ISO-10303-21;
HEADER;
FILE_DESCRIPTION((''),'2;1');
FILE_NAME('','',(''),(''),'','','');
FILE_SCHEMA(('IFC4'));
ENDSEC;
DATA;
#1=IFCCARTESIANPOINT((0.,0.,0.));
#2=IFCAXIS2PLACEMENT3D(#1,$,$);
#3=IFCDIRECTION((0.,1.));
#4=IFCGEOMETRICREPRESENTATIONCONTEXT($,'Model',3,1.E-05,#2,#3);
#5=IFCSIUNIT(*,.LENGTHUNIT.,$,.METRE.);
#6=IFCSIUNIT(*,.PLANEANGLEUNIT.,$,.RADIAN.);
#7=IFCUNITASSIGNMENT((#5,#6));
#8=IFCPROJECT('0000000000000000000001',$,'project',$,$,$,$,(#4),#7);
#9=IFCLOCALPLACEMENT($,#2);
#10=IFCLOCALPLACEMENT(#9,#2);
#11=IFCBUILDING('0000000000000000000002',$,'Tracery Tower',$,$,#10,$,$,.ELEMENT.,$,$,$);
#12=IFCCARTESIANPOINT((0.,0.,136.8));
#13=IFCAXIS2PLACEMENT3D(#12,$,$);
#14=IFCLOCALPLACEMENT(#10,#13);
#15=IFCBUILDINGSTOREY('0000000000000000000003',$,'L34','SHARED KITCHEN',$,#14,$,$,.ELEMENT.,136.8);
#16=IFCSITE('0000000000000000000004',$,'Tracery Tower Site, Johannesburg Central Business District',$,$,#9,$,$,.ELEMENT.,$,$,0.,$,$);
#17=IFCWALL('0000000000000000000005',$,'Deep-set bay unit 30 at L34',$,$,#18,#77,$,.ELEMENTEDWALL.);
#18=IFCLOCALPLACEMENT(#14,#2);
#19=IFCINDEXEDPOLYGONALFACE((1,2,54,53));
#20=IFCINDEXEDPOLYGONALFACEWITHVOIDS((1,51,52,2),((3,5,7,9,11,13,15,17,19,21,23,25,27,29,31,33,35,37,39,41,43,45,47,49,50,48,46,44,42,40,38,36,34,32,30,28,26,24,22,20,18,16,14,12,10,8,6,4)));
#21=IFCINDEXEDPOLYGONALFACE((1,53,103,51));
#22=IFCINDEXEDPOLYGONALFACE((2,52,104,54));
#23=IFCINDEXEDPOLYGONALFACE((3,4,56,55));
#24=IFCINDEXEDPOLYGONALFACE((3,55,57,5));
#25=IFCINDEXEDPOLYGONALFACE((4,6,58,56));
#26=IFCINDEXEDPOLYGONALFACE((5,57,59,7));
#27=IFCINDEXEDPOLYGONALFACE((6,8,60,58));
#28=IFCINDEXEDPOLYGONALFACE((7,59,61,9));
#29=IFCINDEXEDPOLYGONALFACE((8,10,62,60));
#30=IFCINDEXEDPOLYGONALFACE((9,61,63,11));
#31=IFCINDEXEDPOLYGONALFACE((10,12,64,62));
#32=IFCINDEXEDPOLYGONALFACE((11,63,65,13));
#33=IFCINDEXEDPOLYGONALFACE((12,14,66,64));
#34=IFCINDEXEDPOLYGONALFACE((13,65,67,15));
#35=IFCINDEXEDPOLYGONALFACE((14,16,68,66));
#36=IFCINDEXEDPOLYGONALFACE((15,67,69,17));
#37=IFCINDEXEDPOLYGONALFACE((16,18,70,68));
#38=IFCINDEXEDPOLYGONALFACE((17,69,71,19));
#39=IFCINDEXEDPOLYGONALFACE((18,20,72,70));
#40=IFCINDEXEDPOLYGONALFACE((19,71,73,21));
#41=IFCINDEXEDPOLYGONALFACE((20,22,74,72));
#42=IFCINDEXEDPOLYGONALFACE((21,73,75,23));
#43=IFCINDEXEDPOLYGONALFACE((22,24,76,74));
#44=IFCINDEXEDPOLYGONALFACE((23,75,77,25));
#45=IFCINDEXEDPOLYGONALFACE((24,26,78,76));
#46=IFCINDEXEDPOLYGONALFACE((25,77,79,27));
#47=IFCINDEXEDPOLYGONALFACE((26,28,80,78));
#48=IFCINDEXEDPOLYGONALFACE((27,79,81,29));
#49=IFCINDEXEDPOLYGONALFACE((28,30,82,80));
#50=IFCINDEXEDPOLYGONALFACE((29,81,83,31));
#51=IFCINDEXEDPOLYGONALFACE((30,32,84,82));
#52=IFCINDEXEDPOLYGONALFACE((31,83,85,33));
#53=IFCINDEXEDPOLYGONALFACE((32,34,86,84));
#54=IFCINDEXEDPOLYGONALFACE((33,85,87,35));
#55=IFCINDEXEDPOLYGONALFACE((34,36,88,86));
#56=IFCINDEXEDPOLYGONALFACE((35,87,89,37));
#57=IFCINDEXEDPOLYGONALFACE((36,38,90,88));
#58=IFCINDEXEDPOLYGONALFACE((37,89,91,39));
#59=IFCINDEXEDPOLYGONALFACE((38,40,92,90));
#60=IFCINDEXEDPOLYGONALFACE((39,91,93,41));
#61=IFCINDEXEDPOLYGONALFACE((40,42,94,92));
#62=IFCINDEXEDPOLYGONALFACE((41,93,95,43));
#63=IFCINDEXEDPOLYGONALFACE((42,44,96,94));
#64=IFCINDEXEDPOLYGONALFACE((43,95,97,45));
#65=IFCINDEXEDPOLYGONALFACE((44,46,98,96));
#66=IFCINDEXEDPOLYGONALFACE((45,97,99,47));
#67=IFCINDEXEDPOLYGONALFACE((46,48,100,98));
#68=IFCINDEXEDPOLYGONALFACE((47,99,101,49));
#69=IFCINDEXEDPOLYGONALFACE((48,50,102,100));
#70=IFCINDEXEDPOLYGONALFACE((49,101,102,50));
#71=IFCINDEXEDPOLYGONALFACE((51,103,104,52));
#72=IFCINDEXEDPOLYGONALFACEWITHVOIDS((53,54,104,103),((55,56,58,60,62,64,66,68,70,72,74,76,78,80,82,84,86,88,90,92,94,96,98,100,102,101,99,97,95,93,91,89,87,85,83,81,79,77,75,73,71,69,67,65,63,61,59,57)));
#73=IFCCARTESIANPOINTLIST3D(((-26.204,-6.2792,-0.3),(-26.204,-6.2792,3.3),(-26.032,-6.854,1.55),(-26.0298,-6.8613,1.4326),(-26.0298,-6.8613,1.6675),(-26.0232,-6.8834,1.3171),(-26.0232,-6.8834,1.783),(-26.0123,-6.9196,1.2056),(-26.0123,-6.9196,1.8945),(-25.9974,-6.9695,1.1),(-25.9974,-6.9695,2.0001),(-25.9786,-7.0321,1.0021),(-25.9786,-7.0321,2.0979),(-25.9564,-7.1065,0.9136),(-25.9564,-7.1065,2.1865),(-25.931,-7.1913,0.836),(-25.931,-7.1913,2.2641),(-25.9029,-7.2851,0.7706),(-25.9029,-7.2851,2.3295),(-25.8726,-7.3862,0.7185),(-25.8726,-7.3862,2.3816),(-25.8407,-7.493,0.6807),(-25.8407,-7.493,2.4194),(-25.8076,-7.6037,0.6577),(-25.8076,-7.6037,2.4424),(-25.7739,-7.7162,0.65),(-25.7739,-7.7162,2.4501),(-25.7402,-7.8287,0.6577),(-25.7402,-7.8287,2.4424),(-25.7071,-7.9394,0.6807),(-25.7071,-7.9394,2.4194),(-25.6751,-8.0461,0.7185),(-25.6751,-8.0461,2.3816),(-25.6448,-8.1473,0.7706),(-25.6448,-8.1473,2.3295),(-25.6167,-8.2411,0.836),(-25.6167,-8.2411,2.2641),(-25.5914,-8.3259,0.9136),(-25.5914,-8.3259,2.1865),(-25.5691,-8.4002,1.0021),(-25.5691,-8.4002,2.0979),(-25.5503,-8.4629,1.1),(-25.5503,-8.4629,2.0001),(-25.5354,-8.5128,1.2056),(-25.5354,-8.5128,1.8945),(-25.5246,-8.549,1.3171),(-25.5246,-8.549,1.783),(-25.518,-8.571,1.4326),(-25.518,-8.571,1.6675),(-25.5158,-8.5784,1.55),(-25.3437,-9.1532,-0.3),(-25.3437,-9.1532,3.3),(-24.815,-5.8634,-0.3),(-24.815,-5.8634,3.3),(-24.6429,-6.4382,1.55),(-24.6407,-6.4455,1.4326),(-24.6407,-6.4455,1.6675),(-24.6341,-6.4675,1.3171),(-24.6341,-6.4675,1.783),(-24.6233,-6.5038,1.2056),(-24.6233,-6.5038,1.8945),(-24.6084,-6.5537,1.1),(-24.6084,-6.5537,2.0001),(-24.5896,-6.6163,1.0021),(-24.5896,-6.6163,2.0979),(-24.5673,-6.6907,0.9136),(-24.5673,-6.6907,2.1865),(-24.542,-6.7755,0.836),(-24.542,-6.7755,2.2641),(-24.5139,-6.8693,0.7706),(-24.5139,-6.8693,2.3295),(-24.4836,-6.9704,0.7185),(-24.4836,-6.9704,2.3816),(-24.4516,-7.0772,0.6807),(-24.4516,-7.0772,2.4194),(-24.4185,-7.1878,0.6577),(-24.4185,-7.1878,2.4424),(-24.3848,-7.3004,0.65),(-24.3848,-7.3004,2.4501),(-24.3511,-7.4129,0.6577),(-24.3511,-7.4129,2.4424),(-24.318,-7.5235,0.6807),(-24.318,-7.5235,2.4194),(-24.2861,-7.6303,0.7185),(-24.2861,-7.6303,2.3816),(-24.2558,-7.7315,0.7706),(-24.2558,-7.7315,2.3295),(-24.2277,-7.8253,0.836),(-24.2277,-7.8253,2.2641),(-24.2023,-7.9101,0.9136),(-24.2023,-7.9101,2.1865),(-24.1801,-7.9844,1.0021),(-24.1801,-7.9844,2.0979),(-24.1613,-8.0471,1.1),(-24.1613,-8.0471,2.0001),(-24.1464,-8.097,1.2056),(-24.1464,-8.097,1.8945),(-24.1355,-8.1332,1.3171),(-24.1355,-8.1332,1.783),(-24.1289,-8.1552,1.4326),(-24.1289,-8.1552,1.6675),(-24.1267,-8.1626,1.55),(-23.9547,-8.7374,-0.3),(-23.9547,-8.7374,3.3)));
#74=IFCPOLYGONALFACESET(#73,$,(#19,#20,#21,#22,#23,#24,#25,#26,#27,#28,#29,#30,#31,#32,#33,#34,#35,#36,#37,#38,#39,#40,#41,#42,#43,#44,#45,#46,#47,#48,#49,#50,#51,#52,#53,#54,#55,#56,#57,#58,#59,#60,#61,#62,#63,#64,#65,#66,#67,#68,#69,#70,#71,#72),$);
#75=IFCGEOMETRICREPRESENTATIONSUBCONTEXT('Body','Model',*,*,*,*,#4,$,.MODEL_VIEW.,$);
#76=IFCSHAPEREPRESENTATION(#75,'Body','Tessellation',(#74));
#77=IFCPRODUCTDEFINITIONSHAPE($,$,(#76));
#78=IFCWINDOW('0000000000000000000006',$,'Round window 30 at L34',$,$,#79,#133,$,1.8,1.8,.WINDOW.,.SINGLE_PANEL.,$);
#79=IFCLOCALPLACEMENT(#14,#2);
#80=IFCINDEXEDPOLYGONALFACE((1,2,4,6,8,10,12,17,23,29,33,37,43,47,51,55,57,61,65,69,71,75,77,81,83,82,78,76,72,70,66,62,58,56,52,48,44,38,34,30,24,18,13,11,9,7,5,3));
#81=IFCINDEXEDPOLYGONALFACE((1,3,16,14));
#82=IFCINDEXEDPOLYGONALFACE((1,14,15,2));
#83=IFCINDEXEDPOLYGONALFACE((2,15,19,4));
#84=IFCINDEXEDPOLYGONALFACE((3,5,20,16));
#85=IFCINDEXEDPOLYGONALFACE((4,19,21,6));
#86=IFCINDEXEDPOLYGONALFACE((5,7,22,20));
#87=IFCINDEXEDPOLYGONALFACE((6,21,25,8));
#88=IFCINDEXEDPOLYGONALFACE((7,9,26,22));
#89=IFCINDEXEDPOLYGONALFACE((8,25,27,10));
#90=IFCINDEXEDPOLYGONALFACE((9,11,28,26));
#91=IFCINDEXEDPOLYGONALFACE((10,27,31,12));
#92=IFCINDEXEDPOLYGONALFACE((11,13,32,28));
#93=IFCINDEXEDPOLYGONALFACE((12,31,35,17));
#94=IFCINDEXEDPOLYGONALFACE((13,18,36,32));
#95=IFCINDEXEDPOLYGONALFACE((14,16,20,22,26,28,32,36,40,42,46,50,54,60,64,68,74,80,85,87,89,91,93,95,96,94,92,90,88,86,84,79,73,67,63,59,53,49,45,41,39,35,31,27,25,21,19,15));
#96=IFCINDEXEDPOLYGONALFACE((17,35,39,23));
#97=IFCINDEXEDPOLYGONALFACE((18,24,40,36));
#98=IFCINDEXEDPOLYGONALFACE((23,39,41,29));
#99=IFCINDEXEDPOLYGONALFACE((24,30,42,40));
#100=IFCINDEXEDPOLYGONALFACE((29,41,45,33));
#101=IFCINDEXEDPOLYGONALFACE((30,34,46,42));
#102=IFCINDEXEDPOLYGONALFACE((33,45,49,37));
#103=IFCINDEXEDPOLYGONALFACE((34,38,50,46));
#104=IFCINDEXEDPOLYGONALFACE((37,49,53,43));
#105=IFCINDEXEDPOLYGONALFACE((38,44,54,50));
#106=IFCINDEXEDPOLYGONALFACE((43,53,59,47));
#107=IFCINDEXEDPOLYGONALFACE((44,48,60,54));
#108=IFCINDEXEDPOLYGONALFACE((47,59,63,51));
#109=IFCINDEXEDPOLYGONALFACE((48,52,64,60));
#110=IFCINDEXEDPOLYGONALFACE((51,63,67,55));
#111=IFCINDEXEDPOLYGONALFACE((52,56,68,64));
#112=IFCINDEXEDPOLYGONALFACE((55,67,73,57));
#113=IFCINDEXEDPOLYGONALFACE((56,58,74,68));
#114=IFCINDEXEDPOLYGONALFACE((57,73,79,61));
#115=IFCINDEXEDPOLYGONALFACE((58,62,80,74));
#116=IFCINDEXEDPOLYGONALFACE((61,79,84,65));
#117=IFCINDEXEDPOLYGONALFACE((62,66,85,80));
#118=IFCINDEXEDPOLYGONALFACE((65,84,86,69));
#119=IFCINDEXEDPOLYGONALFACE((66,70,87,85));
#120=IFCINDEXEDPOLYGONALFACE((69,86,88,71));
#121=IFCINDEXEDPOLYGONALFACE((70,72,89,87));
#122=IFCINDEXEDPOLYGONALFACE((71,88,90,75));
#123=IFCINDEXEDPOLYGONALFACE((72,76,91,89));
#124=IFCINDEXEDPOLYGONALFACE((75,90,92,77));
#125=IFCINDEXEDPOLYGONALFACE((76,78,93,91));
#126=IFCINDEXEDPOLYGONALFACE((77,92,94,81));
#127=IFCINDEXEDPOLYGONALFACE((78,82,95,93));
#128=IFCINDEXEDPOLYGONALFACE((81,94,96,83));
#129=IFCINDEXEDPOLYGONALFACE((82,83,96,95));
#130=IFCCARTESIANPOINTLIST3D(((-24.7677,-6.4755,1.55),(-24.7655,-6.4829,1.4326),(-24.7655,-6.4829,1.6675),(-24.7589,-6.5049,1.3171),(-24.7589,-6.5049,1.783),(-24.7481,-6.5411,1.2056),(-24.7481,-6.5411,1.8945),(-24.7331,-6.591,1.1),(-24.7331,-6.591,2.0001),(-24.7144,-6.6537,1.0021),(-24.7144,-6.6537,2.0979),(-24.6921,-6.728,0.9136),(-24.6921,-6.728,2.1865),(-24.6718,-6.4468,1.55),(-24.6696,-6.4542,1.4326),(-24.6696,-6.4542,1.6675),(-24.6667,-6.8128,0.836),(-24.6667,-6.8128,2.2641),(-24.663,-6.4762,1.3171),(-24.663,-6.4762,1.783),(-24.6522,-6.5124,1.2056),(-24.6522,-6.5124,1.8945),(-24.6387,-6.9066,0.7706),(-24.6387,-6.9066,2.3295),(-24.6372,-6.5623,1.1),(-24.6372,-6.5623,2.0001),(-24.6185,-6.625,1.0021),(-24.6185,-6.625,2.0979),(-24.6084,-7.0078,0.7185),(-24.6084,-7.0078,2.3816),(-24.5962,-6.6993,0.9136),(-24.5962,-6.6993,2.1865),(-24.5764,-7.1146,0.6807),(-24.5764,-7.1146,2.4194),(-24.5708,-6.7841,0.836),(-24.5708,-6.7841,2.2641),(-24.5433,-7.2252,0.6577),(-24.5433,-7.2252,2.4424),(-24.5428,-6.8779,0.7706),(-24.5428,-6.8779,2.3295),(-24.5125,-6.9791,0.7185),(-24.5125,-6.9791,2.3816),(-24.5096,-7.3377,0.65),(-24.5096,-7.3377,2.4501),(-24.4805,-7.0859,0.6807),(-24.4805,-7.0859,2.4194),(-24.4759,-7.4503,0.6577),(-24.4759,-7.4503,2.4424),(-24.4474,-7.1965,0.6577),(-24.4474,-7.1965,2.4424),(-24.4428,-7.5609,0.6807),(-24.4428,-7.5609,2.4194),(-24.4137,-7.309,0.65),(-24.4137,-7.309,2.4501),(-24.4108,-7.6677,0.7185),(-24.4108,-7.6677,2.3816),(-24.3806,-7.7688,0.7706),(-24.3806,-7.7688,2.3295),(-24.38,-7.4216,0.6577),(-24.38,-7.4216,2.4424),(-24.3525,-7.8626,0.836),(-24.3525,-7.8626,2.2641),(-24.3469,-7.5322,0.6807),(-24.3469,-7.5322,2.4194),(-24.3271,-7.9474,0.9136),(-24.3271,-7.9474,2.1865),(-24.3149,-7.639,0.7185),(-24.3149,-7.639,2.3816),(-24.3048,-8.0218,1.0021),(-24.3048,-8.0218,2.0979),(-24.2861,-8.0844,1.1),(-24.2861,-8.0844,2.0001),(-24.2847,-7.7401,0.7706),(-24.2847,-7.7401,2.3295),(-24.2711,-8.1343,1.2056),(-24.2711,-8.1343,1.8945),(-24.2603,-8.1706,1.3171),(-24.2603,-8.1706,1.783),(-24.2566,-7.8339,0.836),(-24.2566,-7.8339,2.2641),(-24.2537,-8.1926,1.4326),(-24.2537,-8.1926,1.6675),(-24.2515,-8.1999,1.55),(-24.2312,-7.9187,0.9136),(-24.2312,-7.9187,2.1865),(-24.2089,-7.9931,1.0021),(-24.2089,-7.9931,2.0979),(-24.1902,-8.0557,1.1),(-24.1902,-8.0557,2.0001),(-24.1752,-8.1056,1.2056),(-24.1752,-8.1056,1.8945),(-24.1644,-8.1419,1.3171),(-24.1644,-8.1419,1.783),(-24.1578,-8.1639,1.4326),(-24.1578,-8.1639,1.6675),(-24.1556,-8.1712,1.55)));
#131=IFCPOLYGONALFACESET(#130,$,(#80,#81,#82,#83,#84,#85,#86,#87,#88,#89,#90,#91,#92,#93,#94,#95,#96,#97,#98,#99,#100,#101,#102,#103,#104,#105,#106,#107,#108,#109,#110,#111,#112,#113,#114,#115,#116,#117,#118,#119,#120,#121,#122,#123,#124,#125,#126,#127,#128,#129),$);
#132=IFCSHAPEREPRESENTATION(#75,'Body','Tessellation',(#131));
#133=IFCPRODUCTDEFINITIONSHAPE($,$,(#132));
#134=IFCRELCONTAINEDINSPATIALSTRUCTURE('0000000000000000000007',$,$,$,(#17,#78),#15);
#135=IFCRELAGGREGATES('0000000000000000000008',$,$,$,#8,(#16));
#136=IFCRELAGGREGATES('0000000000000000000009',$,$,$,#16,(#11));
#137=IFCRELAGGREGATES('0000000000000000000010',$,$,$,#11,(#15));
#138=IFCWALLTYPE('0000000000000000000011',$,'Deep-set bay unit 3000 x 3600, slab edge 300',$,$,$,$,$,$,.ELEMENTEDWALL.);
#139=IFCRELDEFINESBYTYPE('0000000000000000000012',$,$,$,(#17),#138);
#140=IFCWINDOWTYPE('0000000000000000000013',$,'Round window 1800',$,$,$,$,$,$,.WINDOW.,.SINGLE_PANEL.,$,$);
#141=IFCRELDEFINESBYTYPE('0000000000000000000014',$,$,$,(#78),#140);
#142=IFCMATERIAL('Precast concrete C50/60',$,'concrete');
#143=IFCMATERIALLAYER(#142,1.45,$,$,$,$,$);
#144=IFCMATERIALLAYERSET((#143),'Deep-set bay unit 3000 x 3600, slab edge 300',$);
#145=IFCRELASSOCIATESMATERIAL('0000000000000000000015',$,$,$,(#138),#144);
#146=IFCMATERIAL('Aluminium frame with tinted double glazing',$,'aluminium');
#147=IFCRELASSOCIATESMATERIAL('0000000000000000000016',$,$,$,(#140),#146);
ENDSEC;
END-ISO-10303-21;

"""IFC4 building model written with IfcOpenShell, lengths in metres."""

from ifc_helpers import new_model, si_unit, direction, frame, frame_2d, origin, origin_2d, place, context, subcontext, project, spatial, rectangle, circle, extrude, material, layer, layer_set, type_object, element, fill, save


model = new_model("IFC4")

# Units and contexts
model_context = context("Model", 3, precision=1e-05, world=origin(), true_north=direction((0.0, 1.0)))
body_context = subcontext(model_context, "Body", "Model", "MODEL_VIEW")
ifc_project = project(units=[si_unit("LENGTHUNIT", "METRE"), si_unit("PLANEANGLEUNIT", "RADIAN")], contexts=[model_context])

# Site, building, storey
site_placement = place(None, origin())
site = spatial("IfcSite", under=ifc_project, at=site_placement, Name="Tracery Tower Site, Johannesburg Central Business District", CompositionType="ELEMENT", RefElevation=0.0)
building_placement = place(site_placement, origin())
building = spatial("IfcBuilding", under=site, at=building_placement, Name="Tracery Tower", CompositionType="ELEMENT")
storey_placement = place(building_placement, frame((0.0, 0.0, 136.8)))
storey = spatial("IfcBuildingStorey", under=building, at=storey_placement, Name="L34", Description="SHARED KITCHEN", CompositionType="ELEMENT", Elevation=136.8)

# Wall, opening, window
ifc_material_1 = material(Name="Precast concrete C50/60", Category="concrete")
ifc_layer_1 = layer(ifc_material_1, 1.45)
ifc_layer_set_1 = layer_set([ifc_layer_1], Name="Deep-set bay unit 3000 x 3600, slab edge 300")
wall_type_1 = type_object("IfcWallType", Name="Deep-set bay unit 3000 x 3600, slab edge 300", PredefinedType="ELEMENTEDWALL", material=ifc_layer_set_1)
wall_1_placement = place(storey_placement, frame((-25.5095, -6.0713, -0.3), z_axis=(0.0, 0.0, 1.0), x_axis=(0.28678, -0.957996, 0.0)))
wall_1 = element("IfcWall", 1, at=wall_1_placement, inside=storey, type_object=wall_type_1, Name="Deep-set bay unit 30 at L34", PredefinedType="ELEMENTEDWALL", context=body_context, shape_type="SweptSolid", body=[
    extrude(rectangle(XDim=3.0, YDim=1.45, at=frame_2d((1.5, 0.0))), origin(), (0.0, 0.0, 1.0), 3.6001),
])
opening_1_placement = place(wall_1_placement, frame((1.5, 0.0, 1.8501)))
opening_1 = element("IfcOpeningElement", 2, at=opening_1_placement, cuts=wall_1, PredefinedType="OPENING", context=body_context, shape_type="SweptSolid", body=[
    extrude(circle(Radius=0.9, at=origin_2d()), frame((0.0, 0.7349, 0.0), z_axis=(0.0, -1.0, 0.0), x_axis=(1.0, 0.0, 0.0)), (0.0, 0.0, 1.0), 1.47),
])
ifc_material_2 = material(Name="Aluminium frame with tinted double glazing", Category="aluminium")
window_type = type_object("IfcWindowType", Name="Round window 1800", PartitioningType="SINGLE_PANEL", PredefinedType="WINDOW", material=ifc_material_2)
window_1_placement = place(opening_1_placement, origin())
window_1 = element("IfcWindow", 3, at=window_1_placement, inside=storey, type_object=window_type, Name="Round window 30 at L34", OverallHeight=1.8, OverallWidth=1.8, PartitioningType="SINGLE_PANEL", PredefinedType="WINDOW", context=body_context, shape_type="SweptSolid", body=[
    extrude(circle(Radius=0.9, at=origin_2d()), frame((0.0, 0.6948, 0.0), z_axis=(0.0, -1.0, 0.0), x_axis=(1.0, 0.0, 0.0)), (0.0, 0.0, 1.0), 0.1001),
])
fill(opening_1, window_1)

save(model, "model.ifc")
